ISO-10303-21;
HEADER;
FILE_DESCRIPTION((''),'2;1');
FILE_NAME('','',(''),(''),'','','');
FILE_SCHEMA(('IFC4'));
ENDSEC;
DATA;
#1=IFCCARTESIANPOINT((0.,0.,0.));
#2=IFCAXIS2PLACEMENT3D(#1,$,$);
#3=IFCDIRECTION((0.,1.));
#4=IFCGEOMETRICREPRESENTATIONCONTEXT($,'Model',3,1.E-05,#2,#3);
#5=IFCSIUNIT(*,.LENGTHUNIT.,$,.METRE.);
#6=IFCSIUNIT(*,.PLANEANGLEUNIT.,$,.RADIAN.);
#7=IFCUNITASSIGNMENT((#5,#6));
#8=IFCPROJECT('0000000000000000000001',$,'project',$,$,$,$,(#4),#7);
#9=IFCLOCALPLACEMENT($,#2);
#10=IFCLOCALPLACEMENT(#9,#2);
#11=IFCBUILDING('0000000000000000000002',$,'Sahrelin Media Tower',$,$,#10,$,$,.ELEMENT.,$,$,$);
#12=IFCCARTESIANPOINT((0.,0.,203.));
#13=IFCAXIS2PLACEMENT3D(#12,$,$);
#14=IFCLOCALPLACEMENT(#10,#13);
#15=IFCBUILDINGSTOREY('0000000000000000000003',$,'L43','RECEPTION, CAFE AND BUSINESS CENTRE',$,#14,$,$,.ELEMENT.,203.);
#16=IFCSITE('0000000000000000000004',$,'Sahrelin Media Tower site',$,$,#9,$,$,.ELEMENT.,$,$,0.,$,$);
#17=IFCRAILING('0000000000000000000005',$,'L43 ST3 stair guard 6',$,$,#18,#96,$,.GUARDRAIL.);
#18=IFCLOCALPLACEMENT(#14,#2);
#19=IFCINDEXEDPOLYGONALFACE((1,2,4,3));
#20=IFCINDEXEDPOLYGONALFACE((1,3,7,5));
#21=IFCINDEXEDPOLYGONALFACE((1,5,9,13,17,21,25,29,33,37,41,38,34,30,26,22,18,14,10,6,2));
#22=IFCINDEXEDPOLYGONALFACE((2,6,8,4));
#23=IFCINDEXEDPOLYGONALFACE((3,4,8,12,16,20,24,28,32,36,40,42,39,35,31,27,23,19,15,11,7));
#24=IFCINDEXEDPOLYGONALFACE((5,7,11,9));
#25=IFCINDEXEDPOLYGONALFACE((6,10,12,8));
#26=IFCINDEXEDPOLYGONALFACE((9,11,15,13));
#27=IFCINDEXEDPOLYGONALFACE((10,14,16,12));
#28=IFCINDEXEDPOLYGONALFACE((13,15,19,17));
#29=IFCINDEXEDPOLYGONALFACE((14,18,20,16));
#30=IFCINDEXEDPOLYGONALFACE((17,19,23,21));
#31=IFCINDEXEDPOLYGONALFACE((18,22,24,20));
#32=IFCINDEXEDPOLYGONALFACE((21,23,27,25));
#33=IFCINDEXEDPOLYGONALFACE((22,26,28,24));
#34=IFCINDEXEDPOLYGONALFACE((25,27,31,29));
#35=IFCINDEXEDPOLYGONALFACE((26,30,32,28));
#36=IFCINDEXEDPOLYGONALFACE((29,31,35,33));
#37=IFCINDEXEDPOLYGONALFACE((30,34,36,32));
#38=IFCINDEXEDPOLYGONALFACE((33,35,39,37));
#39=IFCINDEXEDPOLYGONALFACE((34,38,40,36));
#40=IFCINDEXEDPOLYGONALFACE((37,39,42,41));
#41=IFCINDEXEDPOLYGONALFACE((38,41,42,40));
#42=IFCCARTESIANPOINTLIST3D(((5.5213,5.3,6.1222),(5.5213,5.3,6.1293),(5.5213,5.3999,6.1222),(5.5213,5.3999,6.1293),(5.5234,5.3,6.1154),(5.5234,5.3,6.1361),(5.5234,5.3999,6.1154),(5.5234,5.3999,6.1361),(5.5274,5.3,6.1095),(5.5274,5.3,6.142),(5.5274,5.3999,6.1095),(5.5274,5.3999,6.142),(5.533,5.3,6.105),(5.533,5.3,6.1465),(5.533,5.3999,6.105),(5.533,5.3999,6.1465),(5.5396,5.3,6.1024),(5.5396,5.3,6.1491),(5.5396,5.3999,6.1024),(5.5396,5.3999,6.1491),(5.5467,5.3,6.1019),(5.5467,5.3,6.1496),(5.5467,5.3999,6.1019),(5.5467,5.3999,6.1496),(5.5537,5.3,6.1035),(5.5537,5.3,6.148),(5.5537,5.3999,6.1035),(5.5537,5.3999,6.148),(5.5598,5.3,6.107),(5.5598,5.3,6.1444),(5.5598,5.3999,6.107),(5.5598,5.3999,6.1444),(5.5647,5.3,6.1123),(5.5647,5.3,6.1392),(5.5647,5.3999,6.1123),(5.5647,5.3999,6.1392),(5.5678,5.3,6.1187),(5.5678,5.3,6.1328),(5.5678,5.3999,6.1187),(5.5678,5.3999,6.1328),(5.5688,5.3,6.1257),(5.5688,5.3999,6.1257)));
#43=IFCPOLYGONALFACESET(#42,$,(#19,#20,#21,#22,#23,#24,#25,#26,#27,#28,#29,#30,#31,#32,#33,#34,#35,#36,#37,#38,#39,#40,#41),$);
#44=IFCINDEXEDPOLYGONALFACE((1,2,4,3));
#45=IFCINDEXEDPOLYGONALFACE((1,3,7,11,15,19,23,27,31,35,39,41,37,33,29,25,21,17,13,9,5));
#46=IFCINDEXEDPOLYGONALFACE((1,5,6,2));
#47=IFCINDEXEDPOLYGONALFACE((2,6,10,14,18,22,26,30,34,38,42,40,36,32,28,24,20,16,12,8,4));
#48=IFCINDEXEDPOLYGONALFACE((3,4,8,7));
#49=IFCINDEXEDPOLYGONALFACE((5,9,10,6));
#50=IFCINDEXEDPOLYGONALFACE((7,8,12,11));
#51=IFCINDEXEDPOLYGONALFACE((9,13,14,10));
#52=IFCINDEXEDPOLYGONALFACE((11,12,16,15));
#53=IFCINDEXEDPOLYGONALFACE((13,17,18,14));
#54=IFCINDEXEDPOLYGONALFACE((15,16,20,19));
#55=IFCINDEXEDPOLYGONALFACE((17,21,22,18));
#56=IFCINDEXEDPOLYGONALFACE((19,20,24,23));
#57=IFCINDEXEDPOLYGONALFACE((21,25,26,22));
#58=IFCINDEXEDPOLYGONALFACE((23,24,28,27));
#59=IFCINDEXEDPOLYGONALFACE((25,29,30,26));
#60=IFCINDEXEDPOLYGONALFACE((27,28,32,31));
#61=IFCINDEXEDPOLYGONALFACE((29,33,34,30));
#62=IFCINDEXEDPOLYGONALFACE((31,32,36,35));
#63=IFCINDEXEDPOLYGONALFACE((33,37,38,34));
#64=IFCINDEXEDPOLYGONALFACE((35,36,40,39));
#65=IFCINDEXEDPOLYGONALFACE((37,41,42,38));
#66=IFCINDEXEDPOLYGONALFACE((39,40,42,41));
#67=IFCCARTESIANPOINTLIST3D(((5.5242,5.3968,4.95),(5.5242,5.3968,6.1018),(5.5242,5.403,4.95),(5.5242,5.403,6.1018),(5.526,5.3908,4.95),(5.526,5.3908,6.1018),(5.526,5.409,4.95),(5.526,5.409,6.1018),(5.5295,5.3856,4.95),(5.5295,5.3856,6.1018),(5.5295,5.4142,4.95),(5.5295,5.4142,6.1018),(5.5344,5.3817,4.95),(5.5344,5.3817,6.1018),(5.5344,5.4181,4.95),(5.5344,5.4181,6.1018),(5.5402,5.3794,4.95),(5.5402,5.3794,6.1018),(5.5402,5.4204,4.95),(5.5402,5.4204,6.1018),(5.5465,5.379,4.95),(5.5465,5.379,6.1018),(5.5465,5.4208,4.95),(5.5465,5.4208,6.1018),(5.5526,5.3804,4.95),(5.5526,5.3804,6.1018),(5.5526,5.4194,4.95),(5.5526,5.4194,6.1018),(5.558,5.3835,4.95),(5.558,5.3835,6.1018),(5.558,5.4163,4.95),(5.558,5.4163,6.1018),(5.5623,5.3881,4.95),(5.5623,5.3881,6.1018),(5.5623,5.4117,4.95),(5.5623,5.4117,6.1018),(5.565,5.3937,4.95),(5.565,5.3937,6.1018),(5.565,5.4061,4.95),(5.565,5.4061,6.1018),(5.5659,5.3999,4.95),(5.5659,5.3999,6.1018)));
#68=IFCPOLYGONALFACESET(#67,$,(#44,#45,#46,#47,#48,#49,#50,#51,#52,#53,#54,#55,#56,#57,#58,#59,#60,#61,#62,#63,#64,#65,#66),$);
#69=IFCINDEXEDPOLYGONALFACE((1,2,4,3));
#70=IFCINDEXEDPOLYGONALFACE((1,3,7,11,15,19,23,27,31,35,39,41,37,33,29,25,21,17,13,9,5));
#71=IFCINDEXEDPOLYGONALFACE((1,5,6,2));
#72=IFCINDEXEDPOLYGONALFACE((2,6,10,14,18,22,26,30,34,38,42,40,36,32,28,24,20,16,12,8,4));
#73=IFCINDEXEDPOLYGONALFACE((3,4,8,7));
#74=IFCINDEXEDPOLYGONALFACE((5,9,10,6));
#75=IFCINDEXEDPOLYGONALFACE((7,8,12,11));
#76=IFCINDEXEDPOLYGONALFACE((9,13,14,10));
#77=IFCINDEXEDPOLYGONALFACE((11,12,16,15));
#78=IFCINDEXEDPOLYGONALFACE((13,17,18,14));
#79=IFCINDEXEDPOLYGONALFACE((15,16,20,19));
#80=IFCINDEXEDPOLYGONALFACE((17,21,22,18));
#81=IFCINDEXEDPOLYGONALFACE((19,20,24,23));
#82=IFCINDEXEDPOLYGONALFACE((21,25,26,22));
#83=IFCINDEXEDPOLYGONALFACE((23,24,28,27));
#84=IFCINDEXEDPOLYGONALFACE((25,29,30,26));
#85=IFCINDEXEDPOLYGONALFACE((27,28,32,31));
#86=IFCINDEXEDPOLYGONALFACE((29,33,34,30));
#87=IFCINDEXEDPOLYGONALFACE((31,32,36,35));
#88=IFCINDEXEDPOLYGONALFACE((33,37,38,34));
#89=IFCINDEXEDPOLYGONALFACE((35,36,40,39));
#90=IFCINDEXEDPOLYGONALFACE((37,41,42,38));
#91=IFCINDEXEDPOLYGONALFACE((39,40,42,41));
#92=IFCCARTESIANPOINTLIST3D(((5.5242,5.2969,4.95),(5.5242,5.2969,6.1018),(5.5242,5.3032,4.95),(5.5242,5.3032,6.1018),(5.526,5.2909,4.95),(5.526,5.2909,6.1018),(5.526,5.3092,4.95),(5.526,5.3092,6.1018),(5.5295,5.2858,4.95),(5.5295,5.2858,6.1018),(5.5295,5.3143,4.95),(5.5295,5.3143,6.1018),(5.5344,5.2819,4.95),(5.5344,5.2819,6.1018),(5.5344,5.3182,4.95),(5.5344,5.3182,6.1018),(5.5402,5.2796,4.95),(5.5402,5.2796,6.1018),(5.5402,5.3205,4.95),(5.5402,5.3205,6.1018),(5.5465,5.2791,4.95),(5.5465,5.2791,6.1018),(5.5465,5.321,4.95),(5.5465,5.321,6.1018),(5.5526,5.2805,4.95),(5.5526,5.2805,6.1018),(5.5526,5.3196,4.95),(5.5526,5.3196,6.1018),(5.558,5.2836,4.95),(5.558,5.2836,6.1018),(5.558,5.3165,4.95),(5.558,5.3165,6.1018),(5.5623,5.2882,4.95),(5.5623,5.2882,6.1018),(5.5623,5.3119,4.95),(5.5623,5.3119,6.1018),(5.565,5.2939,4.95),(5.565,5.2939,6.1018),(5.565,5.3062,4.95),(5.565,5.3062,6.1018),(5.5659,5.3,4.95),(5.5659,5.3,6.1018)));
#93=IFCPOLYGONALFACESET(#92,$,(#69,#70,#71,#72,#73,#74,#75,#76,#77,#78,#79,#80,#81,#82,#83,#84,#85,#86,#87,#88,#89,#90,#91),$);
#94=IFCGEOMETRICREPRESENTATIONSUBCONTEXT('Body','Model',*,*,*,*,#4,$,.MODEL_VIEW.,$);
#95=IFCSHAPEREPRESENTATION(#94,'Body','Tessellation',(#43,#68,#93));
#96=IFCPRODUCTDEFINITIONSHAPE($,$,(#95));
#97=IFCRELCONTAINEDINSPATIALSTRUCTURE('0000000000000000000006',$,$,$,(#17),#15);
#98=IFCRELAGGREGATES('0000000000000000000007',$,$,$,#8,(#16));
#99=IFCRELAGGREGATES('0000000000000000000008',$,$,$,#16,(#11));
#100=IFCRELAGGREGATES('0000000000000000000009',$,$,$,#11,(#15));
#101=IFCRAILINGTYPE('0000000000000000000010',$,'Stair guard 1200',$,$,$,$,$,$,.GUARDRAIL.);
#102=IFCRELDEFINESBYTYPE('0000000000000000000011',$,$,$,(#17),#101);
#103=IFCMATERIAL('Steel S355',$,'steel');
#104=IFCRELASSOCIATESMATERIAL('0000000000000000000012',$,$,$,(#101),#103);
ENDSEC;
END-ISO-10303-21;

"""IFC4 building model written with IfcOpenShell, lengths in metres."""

from ifc_helpers import new_model, si_unit, direction, frame, origin, origin_2d, place, context, subcontext, project, spatial, circle, extrude, material, type_object, element, save


model = new_model("IFC4")

# Units and contexts
model_context = context("Model", 3, precision=1e-05, world=origin(), true_north=direction((0.0, 1.0)))
body_context = subcontext(model_context, "Body", "Model", "MODEL_VIEW")
ifc_project = project(units=[si_unit("LENGTHUNIT", "METRE"), si_unit("PLANEANGLEUNIT", "RADIAN")], contexts=[model_context])

# Site, building, storey
site_placement = place(None, origin())
site = spatial("IfcSite", under=ifc_project, at=site_placement, Name="Sahrelin Media Tower site", CompositionType="ELEMENT", RefElevation=0.0)
building_placement = place(site_placement, origin())
building = spatial("IfcBuilding", under=site, at=building_placement, Name="Sahrelin Media Tower", CompositionType="ELEMENT")
storey_placement = place(building_placement, frame((0.0, 0.0, 203.0)))
storey = spatial("IfcBuildingStorey", under=building, at=storey_placement, Name="L43", Description="RECEPTION, CAFE AND BUSINESS CENTRE", CompositionType="ELEMENT", Elevation=203.0)

# Railing
ifc_material_1 = material(Name="Steel S355", Category="steel")
railing_type_1 = type_object("IfcRailingType", Name="Stair guard 1200", PredefinedType="GUARDRAIL", material=ifc_material_1)
railing_1_placement = place(storey_placement, frame((5.5449, 5.3999, 4.95)))
element("IfcRailing", 1, at=railing_1_placement, inside=storey, type_object=railing_type_1, Name="L43 ST3 stair guard 6", PredefinedType="GUARDRAIL", context=body_context, shape_type="SweptSolid", body=[
    extrude(circle(Radius=0.0239, at=origin_2d()), frame((0.0, 0.0, 1.1758), z_axis=(0.0, -1.0, 0.0), x_axis=(1.0, 0.0, 0.0)), (0.0, 0.0, 1.0), 0.0999),
    extrude(circle(Radius=0.021, at=origin_2d()), origin(), (0.0, 0.0, 1.0), 1.1519),
    extrude(circle(Radius=0.021, at=origin_2d()), frame((0.0, -0.0999, 0.0)), (0.0, 0.0, 1.0), 1.1519),
])

save(model, "model.ifc")
